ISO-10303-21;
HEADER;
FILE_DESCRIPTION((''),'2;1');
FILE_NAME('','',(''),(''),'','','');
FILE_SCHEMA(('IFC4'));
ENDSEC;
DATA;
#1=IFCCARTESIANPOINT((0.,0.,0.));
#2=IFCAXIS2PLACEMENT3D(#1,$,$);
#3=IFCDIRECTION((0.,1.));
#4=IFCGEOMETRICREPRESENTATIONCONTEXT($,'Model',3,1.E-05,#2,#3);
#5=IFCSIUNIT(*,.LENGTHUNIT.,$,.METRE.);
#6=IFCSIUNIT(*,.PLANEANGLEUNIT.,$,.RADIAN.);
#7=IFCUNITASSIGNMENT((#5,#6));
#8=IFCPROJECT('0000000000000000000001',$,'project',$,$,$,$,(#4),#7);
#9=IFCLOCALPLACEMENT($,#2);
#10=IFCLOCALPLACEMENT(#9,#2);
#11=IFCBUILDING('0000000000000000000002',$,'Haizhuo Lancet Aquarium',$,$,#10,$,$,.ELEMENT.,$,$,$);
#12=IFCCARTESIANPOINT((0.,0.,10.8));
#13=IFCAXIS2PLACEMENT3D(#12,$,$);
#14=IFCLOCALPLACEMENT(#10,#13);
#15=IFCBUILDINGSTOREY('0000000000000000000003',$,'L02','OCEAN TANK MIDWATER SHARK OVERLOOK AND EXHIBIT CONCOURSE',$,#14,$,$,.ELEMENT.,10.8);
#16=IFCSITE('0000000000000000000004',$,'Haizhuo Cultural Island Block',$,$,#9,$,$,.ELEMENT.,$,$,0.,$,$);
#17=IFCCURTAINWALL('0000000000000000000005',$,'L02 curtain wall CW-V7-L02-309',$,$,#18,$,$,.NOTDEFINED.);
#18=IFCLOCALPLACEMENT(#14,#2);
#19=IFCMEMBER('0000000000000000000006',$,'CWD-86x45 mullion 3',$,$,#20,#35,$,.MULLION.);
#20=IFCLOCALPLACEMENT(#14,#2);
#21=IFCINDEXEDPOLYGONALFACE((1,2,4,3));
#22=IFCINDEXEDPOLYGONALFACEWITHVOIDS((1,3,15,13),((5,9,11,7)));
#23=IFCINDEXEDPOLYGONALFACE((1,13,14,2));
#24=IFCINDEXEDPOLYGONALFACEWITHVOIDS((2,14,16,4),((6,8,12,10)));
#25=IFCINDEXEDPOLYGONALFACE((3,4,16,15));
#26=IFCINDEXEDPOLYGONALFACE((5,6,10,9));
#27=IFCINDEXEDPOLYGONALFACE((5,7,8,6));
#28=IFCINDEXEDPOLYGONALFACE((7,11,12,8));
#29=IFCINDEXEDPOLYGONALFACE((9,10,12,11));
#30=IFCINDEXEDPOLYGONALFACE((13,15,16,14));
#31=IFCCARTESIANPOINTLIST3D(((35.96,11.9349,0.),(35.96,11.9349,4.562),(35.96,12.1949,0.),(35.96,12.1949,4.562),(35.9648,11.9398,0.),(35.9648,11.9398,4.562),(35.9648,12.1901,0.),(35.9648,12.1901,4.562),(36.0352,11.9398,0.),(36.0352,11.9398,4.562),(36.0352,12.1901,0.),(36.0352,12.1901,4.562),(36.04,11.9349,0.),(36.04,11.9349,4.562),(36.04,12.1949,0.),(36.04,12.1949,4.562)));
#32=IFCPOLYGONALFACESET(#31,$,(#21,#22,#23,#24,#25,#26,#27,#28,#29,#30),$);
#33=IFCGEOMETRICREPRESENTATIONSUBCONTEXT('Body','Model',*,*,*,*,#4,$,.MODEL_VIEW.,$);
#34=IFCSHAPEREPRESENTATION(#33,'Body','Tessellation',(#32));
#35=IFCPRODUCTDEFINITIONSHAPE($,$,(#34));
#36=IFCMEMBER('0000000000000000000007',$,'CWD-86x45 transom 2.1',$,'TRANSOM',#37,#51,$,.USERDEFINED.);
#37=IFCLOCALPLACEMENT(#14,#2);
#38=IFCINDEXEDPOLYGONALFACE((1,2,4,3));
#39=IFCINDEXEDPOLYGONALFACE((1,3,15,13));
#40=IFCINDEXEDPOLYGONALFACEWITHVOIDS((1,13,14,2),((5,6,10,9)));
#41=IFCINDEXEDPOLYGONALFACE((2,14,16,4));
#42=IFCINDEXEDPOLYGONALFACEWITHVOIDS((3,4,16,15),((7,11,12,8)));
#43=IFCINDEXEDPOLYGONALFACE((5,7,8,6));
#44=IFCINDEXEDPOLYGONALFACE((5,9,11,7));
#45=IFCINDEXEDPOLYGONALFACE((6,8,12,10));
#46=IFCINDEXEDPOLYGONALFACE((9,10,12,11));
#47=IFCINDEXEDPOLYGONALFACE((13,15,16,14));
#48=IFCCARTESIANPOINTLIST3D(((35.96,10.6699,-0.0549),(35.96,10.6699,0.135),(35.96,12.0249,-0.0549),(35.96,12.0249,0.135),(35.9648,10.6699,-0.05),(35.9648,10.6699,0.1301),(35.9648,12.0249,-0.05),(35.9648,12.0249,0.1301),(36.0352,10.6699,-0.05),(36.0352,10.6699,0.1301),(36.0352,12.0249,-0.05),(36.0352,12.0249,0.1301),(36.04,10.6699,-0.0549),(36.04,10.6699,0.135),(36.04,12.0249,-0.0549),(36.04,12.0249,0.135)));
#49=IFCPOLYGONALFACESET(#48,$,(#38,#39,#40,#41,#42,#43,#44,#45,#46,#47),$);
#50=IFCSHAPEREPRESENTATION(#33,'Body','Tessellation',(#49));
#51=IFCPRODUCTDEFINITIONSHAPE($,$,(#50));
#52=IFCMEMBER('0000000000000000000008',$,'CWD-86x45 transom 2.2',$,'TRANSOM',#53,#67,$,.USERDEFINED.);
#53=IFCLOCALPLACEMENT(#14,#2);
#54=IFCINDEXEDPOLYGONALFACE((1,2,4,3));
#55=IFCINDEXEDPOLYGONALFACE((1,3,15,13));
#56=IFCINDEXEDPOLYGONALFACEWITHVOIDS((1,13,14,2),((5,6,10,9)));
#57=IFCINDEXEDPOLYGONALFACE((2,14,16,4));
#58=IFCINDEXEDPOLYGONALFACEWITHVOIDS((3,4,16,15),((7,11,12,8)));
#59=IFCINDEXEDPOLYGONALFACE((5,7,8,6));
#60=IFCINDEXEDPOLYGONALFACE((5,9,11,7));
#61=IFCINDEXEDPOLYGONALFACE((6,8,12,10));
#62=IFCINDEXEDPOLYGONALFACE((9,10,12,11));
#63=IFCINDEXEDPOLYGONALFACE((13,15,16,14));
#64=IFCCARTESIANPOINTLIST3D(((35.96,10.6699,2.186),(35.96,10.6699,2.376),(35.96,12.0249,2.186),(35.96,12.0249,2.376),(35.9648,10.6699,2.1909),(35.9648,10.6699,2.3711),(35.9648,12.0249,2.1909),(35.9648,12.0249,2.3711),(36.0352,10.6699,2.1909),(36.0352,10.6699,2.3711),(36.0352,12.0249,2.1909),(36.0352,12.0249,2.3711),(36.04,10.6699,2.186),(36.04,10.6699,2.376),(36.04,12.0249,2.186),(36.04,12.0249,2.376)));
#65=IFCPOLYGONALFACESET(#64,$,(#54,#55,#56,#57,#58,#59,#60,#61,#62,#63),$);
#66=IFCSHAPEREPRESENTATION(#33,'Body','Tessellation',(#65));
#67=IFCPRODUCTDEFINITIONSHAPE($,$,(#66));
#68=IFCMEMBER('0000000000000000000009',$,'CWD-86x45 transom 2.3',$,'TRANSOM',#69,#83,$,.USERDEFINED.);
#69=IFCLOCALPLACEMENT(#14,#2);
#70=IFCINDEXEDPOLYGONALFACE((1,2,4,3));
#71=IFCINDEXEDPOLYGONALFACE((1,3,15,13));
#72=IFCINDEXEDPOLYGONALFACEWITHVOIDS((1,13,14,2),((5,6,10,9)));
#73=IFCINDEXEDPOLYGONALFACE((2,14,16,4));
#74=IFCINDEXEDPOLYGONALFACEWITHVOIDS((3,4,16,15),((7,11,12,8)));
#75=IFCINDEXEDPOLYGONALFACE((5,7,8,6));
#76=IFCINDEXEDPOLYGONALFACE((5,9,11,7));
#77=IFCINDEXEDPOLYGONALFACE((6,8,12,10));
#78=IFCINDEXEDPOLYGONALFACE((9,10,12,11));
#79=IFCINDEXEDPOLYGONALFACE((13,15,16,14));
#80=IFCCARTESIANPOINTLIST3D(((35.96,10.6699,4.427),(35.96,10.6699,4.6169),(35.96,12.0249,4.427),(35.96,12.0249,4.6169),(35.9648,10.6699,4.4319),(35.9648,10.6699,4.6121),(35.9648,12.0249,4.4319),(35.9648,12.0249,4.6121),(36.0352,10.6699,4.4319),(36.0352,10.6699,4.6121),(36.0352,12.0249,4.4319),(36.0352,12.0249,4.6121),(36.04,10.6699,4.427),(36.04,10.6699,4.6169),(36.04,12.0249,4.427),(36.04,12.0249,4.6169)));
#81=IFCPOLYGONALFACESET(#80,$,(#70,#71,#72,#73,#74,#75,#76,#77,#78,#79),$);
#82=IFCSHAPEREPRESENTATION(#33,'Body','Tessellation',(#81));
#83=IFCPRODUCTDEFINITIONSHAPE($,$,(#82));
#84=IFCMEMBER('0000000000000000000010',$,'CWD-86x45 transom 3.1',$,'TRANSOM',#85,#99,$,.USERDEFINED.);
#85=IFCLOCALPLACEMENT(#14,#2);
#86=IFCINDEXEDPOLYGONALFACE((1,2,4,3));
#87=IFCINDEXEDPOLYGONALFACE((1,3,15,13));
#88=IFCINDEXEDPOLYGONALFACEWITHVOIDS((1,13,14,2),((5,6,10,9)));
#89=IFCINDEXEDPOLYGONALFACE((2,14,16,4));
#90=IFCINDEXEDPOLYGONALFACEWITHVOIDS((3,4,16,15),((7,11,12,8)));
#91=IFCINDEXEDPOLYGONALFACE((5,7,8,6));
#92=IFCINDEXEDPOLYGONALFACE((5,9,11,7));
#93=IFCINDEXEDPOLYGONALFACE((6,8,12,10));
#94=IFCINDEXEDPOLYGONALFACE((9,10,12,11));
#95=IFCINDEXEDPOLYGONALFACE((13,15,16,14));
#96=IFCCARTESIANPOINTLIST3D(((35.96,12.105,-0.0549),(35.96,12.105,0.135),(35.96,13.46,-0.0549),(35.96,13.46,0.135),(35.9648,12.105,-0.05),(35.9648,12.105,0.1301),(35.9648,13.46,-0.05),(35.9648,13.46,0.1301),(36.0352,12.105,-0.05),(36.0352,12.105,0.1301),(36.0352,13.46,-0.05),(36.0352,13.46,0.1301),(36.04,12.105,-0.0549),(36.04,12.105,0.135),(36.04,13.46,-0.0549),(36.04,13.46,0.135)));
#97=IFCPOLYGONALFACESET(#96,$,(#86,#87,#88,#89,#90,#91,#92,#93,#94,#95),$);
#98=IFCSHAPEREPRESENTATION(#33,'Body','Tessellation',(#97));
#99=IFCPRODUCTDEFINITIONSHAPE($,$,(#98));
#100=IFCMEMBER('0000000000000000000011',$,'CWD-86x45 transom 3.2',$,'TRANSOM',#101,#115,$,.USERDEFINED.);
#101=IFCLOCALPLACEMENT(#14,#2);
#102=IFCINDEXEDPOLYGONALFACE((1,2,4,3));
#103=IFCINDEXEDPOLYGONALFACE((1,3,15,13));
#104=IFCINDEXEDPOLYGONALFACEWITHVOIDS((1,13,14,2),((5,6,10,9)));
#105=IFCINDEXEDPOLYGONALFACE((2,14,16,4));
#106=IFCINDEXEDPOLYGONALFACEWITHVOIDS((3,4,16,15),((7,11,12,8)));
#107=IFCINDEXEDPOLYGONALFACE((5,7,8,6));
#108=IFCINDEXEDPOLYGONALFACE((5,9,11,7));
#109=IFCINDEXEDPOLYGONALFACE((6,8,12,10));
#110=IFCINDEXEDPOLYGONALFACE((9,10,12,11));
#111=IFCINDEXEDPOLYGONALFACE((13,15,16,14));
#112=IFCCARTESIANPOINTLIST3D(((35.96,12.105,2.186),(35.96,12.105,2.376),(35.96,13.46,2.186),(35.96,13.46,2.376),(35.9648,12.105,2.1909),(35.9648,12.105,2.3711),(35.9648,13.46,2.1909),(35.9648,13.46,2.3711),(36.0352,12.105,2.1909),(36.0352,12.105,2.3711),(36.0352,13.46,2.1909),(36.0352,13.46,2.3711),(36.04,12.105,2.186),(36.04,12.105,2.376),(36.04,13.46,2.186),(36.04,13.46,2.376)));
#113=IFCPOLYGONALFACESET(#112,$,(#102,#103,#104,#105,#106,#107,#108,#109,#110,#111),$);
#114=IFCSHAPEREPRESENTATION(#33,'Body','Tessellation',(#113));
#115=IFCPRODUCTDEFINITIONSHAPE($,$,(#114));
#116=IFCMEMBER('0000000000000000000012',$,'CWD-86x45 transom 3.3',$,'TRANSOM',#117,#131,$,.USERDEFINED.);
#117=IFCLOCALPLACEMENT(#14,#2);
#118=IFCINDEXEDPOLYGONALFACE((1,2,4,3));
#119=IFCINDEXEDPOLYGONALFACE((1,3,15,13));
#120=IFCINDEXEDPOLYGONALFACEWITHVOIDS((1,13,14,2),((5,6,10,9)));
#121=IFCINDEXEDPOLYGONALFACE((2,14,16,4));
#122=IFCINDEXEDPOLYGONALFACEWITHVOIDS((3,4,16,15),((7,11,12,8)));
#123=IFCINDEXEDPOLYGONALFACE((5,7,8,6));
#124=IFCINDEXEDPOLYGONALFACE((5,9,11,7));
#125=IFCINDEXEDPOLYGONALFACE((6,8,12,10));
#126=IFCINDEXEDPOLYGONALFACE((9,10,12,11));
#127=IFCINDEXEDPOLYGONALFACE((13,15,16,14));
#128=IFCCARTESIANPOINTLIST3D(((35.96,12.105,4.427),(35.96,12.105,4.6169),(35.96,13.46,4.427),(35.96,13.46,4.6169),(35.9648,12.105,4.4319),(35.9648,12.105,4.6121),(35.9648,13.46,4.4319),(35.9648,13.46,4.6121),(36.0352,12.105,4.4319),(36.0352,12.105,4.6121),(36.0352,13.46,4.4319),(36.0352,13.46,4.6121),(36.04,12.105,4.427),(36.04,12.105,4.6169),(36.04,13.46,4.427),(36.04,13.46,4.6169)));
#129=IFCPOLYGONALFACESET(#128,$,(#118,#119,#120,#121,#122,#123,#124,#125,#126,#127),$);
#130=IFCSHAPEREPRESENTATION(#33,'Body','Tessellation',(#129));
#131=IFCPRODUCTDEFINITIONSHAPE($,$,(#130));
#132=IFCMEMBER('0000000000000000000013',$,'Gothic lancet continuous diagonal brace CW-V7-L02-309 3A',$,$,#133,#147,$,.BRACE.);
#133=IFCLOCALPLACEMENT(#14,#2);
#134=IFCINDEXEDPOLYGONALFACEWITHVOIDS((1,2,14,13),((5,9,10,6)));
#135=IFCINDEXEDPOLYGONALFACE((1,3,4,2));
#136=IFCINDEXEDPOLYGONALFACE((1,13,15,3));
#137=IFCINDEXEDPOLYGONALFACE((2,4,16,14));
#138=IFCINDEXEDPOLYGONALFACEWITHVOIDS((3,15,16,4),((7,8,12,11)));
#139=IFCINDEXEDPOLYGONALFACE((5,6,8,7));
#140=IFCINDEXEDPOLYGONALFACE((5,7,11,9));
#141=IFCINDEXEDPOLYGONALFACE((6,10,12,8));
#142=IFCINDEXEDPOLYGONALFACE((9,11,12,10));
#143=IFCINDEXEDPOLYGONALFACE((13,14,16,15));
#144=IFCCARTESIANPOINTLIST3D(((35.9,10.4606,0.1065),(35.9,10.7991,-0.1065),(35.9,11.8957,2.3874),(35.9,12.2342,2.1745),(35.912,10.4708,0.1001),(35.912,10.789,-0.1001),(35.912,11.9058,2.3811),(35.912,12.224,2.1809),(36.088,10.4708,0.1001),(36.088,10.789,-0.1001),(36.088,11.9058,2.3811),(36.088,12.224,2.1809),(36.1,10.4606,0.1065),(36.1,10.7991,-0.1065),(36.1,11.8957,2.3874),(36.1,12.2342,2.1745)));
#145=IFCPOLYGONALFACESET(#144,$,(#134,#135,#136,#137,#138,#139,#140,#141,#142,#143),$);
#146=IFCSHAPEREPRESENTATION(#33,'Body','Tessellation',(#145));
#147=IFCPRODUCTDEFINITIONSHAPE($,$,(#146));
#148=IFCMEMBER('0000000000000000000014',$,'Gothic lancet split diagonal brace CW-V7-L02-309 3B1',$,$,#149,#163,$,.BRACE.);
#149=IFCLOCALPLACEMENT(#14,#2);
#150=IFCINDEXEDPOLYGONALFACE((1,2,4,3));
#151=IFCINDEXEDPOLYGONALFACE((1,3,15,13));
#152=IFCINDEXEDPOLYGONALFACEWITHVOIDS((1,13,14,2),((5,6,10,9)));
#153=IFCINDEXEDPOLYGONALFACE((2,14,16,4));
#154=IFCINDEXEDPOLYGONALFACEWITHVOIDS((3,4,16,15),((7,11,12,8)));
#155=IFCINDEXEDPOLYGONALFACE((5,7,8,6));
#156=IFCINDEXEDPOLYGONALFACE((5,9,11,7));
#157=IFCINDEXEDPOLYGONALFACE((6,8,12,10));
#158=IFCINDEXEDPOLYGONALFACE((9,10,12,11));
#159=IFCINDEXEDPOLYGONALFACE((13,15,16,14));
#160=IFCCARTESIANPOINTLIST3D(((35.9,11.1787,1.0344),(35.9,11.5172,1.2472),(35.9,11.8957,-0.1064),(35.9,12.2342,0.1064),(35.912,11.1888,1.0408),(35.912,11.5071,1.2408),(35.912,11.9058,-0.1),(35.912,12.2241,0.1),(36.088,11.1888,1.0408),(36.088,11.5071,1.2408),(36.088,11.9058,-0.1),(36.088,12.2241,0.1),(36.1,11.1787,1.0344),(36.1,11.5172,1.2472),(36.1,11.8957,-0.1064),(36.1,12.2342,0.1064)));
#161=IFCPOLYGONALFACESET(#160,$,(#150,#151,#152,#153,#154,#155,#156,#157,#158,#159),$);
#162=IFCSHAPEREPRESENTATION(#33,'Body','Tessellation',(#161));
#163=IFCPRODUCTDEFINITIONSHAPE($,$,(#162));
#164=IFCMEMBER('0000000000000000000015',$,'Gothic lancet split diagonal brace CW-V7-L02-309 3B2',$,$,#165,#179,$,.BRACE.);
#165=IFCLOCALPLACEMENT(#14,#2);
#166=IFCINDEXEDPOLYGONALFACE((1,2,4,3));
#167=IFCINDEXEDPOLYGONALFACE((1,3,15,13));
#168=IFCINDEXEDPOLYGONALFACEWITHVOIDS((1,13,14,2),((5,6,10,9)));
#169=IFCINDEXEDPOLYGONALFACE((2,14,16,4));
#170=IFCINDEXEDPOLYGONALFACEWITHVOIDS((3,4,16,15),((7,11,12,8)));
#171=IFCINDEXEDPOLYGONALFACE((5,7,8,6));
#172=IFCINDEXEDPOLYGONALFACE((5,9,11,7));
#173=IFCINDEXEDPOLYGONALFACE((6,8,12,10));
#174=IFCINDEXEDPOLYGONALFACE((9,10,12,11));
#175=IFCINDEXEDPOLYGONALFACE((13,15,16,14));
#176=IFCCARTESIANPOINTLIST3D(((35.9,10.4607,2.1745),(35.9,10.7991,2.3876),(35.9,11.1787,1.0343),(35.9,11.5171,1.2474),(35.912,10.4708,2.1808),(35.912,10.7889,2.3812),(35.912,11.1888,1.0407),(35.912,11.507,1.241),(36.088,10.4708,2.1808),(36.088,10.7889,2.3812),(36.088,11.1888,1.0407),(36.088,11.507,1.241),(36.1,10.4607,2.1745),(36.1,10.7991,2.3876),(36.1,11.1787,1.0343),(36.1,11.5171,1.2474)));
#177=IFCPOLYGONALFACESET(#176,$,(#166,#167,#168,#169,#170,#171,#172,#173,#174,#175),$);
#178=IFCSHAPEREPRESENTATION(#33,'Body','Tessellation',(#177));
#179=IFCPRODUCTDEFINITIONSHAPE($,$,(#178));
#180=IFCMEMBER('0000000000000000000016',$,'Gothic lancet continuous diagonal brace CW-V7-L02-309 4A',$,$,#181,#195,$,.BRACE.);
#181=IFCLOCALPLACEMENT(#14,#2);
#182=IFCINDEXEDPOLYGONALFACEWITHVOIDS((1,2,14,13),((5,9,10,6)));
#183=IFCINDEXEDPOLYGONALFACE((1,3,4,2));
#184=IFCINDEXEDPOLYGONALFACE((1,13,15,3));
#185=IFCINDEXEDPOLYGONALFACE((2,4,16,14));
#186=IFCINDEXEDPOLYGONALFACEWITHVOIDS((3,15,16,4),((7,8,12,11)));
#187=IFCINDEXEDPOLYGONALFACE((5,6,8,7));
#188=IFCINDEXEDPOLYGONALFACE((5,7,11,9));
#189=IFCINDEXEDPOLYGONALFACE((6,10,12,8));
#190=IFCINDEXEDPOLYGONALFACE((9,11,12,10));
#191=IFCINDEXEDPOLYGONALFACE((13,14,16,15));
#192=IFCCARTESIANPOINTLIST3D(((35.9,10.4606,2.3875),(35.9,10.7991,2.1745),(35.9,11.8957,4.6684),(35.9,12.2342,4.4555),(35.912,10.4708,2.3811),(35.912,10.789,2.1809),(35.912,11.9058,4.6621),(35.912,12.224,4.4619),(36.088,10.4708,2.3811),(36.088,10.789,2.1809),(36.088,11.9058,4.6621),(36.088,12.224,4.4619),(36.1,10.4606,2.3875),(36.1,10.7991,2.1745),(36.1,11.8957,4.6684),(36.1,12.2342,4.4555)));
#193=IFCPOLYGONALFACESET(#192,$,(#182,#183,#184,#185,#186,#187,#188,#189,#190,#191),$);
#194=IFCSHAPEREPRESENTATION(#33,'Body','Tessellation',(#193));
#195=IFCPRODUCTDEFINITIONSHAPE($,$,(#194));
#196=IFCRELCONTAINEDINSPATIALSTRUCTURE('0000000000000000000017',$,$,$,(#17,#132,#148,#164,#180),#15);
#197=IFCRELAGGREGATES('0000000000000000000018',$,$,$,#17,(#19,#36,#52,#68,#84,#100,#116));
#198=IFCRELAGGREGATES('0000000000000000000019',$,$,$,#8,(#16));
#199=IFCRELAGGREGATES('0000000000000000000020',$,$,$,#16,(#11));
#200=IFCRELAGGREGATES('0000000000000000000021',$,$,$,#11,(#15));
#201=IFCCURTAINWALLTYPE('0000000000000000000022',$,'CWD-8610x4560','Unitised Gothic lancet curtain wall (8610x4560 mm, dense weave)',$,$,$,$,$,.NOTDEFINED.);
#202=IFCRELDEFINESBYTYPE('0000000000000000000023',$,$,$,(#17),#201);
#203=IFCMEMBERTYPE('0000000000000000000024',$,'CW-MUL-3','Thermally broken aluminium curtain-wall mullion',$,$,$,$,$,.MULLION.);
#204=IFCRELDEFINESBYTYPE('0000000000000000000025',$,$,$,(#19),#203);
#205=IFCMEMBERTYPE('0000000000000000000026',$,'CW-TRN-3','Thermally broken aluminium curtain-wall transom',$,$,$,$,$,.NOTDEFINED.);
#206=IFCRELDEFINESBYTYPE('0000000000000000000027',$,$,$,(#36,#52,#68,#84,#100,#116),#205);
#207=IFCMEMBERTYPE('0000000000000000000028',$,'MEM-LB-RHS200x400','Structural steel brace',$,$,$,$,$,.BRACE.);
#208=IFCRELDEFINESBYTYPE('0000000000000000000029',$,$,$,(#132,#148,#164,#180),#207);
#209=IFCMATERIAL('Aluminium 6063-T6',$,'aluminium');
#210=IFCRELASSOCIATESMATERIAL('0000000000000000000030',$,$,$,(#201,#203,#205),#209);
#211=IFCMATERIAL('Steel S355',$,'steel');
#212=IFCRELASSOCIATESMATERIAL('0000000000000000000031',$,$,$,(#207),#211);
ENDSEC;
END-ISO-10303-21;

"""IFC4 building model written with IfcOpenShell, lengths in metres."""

from ifc_helpers import new_model, si_unit, direction, frame, origin, origin_2d, place, context, subcontext, project, spatial, hollow_rectangle, extrude, material, material_profile, profile_set, type_object, element, aggregate, save


model = new_model("IFC4")

# Units and contexts
model_context = context("Model", 3, precision=1e-05, world=origin(), true_north=direction((0.0, 1.0)))
body_context = subcontext(model_context, "Body", "Model", "MODEL_VIEW")
ifc_project = project(units=[si_unit("LENGTHUNIT", "METRE"), si_unit("PLANEANGLEUNIT", "RADIAN")], contexts=[model_context])

# Site, building, storey
site_placement = place(None, origin())
site = spatial("IfcSite", under=ifc_project, at=site_placement, Name="Haizhuo Cultural Island Block", CompositionType="ELEMENT", RefElevation=0.0)
building_placement = place(site_placement, origin())
building = spatial("IfcBuilding", under=site, at=building_placement, Name="Haizhuo Lancet Aquarium", CompositionType="ELEMENT")
storey_placement = place(building_placement, frame((0.0, 0.0, 10.8)))
storey = spatial("IfcBuildingStorey", under=building, at=storey_placement, Name="L02", Description="OCEAN TANK MIDWATER SHARK OVERLOOK AND EXHIBIT CONCOURSE", CompositionType="ELEMENT", Elevation=10.8)

# Curtain wall, members
ifc_material_1 = material(Name="Aluminium 6063-T6", Category="aluminium")
curtain_wall_type = type_object("IfcCurtainWallType", Name="CWD-8610x4560", Description="Unitised Gothic lancet curtain wall (8610x4560 mm, dense weave)", PredefinedType="NOTDEFINED", material=ifc_material_1)
curtain_wall_placement = place(storey_placement, origin())
curtain_wall = element("IfcCurtainWall", 1, at=curtain_wall_placement, inside=storey, type_object=curtain_wall_type, Name="L02 curtain wall CW-V7-L02-309", PredefinedType="NOTDEFINED")
ifc_material_profile_1 = material_profile(ifc_material_1, hollow_rectangle(XDim=0.0801, YDim=0.26, WallThickness=0.0049, at=origin_2d()), Name="ALU-M 80x260x5")
ifc_profile_set_1 = profile_set([ifc_material_profile_1], Name="Aluminium 6063-T6")
member_type_1 = type_object("IfcMemberType", Name="CW-MUL-3", Description="Thermally broken aluminium curtain-wall mullion", PredefinedType="MULLION", material=ifc_profile_set_1)
member_1_placement = place(storey_placement, frame((36.0, 12.0649, 0.0), z_axis=(0.0, 0.0, 1.0), x_axis=(-1.0, 0.0, 0.0)))
member_1 = element("IfcMember", 2, at=member_1_placement, type_object=member_type_1, Name="CWD-86x45 mullion 3", PredefinedType="MULLION", context=body_context, shape_type="SweptSolid", body=[
    extrude(hollow_rectangle(XDim=0.0801, YDim=0.26, WallThickness=0.0049, at=origin_2d()), origin(), (0.0, 0.0, 1.0), 4.562),
])
ifc_material_profile_2 = material_profile(ifc_material_1, hollow_rectangle(XDim=0.0801, YDim=0.1899, WallThickness=0.0049, at=origin_2d()), Name="ALU-T 80x190x5")
ifc_profile_set_2 = profile_set([ifc_material_profile_2], Name="Aluminium 6063-T6")
member_type_2 = type_object("IfcMemberType", Name="CW-TRN-3", Description="Thermally broken aluminium curtain-wall transom", PredefinedType="NOTDEFINED", material=ifc_profile_set_2)
member_2_placement = place(storey_placement, frame((36.0, 10.6699, 0.04), z_axis=(0.0, 1.0, 0.0), x_axis=(-1.0, 0.0, 0.0)))
member_2 = element("IfcMember", 3, at=member_2_placement, type_object=member_type_2, Name="CWD-86x45 transom 2.1", ObjectType="TRANSOM", PredefinedType="USERDEFINED", context=body_context, shape_type="SweptSolid", body=[
    extrude(hollow_rectangle(XDim=0.0801, YDim=0.1899, WallThickness=0.0049, at=origin_2d()), origin(), (0.0, 0.0, 1.0), 1.355),
])
member_3_placement = place(storey_placement, frame((36.0, 10.6699, 2.281), z_axis=(0.0, 1.0, 0.0), x_axis=(-1.0, 0.0, 0.0)))
member_3 = element("IfcMember", 4, at=member_3_placement, type_object=member_type_2, Name="CWD-86x45 transom 2.2", ObjectType="TRANSOM", PredefinedType="USERDEFINED", context=body_context, shape_type="SweptSolid", body=[
    extrude(hollow_rectangle(XDim=0.0801, YDim=0.1899, WallThickness=0.0049, at=origin_2d()), origin(), (0.0, 0.0, 1.0), 1.355),
])
member_4_placement = place(storey_placement, frame((36.0, 10.6699, 4.522), z_axis=(0.0, 1.0, 0.0), x_axis=(-1.0, 0.0, 0.0)))
member_4 = element("IfcMember", 5, at=member_4_placement, type_object=member_type_2, Name="CWD-86x45 transom 2.3", ObjectType="TRANSOM", PredefinedType="USERDEFINED", context=body_context, shape_type="SweptSolid", body=[
    extrude(hollow_rectangle(XDim=0.0801, YDim=0.1899, WallThickness=0.0049, at=origin_2d()), origin(), (0.0, 0.0, 1.0), 1.355),
])
member_5_placement = place(storey_placement, frame((36.0, 12.105, 0.04), z_axis=(0.0, 1.0, 0.0), x_axis=(-1.0, 0.0, 0.0)))
member_5 = element("IfcMember", 6, at=member_5_placement, type_object=member_type_2, Name="CWD-86x45 transom 3.1", ObjectType="TRANSOM", PredefinedType="USERDEFINED", context=body_context, shape_type="SweptSolid", body=[
    extrude(hollow_rectangle(XDim=0.0801, YDim=0.1899, WallThickness=0.0049, at=origin_2d()), origin(), (0.0, 0.0, 1.0), 1.355),
])
member_6_placement = place(storey_placement, frame((36.0, 12.105, 2.281), z_axis=(0.0, 1.0, 0.0), x_axis=(-1.0, 0.0, 0.0)))
member_6 = element("IfcMember", 7, at=member_6_placement, type_object=member_type_2, Name="CWD-86x45 transom 3.2", ObjectType="TRANSOM", PredefinedType="USERDEFINED", context=body_context, shape_type="SweptSolid", body=[
    extrude(hollow_rectangle(XDim=0.0801, YDim=0.1899, WallThickness=0.0049, at=origin_2d()), origin(), (0.0, 0.0, 1.0), 1.355),
])
member_7_placement = place(storey_placement, frame((36.0, 12.105, 4.522), z_axis=(0.0, 1.0, 0.0), x_axis=(-1.0, 0.0, 0.0)))
member_7 = element("IfcMember", 8, at=member_7_placement, type_object=member_type_2, Name="CWD-86x45 transom 3.3", ObjectType="TRANSOM", PredefinedType="USERDEFINED", context=body_context, shape_type="SweptSolid", body=[
    extrude(hollow_rectangle(XDim=0.0801, YDim=0.1899, WallThickness=0.0049, at=origin_2d()), origin(), (0.0, 0.0, 1.0), 1.355),
])

# Members
ifc_material_2 = material(Name="Steel S355", Category="steel")
ifc_material_profile_3 = material_profile(ifc_material_2, hollow_rectangle(XDim=0.2, YDim=0.3999, WallThickness=0.012, at=origin_2d()), Name="RHS 200x400x12")
ifc_profile_set_3 = profile_set([ifc_material_profile_3], Name="Steel S355")
member_type_3 = type_object("IfcMemberType", Name="MEM-LB-RHS200x400", Description="Structural steel brace", PredefinedType="BRACE", material=ifc_profile_set_3)
member_8_placement = place(storey_placement, frame((36.0, 10.6299, 0.0), z_axis=(0.0, 0.532513, 0.846422), x_axis=(-1.0, 0.0, 0.0)))
element("IfcMember", 9, at=member_8_placement, inside=storey, type_object=member_type_3, Name="Gothic lancet continuous diagonal brace CW-V7-L02-309 3A", PredefinedType="BRACE", context=body_context, shape_type="SweptSolid", body=[
    extrude(hollow_rectangle(XDim=0.2, YDim=0.3999, WallThickness=0.012, at=origin_2d()), origin(), (0.0, 0.0, 1.0), 2.6948),
])
for number, where, z_axis, x_axis, name in (
    (10, (36.0, 12.0649, 0.0), (0.0, -0.532131, 0.846662), (1.0, 0.0, 0.0), "Gothic lancet split diagonal brace CW-V7-L02-309 3B1"),
    (11, (36.0, 11.3479, 1.1409), (0.0, -0.532895, 0.846181), (1.0, 0.0, 0.0), "Gothic lancet split diagonal brace CW-V7-L02-309 3B2"),
):
    element("IfcMember", number, at=place(storey_placement, frame(where, z_axis=z_axis, x_axis=x_axis)), inside=storey, type_object=member_type_3, Name=name, PredefinedType="BRACE", context=body_context, shape_type="SweptSolid", body=[
        extrude(hollow_rectangle(XDim=0.2, YDim=0.3999, WallThickness=0.012, at=origin_2d()), origin(), (0.0, 0.0, 1.0), 1.3474),
    ])
member_9_placement = place(storey_placement, frame((36.0, 10.6299, 2.281), z_axis=(0.0, 0.532513, 0.846422), x_axis=(-1.0, 0.0, 0.0)))
element("IfcMember", 12, at=member_9_placement, inside=storey, type_object=member_type_3, Name="Gothic lancet continuous diagonal brace CW-V7-L02-309 4A", PredefinedType="BRACE", context=body_context, shape_type="SweptSolid", body=[
    extrude(hollow_rectangle(XDim=0.2, YDim=0.3999, WallThickness=0.012, at=origin_2d()), origin(), (0.0, 0.0, 1.0), 2.6948),
])

aggregate(curtain_wall, [member_1, member_2, member_3, member_4, member_5, member_6, member_7])

save(model, "model.ifc")
